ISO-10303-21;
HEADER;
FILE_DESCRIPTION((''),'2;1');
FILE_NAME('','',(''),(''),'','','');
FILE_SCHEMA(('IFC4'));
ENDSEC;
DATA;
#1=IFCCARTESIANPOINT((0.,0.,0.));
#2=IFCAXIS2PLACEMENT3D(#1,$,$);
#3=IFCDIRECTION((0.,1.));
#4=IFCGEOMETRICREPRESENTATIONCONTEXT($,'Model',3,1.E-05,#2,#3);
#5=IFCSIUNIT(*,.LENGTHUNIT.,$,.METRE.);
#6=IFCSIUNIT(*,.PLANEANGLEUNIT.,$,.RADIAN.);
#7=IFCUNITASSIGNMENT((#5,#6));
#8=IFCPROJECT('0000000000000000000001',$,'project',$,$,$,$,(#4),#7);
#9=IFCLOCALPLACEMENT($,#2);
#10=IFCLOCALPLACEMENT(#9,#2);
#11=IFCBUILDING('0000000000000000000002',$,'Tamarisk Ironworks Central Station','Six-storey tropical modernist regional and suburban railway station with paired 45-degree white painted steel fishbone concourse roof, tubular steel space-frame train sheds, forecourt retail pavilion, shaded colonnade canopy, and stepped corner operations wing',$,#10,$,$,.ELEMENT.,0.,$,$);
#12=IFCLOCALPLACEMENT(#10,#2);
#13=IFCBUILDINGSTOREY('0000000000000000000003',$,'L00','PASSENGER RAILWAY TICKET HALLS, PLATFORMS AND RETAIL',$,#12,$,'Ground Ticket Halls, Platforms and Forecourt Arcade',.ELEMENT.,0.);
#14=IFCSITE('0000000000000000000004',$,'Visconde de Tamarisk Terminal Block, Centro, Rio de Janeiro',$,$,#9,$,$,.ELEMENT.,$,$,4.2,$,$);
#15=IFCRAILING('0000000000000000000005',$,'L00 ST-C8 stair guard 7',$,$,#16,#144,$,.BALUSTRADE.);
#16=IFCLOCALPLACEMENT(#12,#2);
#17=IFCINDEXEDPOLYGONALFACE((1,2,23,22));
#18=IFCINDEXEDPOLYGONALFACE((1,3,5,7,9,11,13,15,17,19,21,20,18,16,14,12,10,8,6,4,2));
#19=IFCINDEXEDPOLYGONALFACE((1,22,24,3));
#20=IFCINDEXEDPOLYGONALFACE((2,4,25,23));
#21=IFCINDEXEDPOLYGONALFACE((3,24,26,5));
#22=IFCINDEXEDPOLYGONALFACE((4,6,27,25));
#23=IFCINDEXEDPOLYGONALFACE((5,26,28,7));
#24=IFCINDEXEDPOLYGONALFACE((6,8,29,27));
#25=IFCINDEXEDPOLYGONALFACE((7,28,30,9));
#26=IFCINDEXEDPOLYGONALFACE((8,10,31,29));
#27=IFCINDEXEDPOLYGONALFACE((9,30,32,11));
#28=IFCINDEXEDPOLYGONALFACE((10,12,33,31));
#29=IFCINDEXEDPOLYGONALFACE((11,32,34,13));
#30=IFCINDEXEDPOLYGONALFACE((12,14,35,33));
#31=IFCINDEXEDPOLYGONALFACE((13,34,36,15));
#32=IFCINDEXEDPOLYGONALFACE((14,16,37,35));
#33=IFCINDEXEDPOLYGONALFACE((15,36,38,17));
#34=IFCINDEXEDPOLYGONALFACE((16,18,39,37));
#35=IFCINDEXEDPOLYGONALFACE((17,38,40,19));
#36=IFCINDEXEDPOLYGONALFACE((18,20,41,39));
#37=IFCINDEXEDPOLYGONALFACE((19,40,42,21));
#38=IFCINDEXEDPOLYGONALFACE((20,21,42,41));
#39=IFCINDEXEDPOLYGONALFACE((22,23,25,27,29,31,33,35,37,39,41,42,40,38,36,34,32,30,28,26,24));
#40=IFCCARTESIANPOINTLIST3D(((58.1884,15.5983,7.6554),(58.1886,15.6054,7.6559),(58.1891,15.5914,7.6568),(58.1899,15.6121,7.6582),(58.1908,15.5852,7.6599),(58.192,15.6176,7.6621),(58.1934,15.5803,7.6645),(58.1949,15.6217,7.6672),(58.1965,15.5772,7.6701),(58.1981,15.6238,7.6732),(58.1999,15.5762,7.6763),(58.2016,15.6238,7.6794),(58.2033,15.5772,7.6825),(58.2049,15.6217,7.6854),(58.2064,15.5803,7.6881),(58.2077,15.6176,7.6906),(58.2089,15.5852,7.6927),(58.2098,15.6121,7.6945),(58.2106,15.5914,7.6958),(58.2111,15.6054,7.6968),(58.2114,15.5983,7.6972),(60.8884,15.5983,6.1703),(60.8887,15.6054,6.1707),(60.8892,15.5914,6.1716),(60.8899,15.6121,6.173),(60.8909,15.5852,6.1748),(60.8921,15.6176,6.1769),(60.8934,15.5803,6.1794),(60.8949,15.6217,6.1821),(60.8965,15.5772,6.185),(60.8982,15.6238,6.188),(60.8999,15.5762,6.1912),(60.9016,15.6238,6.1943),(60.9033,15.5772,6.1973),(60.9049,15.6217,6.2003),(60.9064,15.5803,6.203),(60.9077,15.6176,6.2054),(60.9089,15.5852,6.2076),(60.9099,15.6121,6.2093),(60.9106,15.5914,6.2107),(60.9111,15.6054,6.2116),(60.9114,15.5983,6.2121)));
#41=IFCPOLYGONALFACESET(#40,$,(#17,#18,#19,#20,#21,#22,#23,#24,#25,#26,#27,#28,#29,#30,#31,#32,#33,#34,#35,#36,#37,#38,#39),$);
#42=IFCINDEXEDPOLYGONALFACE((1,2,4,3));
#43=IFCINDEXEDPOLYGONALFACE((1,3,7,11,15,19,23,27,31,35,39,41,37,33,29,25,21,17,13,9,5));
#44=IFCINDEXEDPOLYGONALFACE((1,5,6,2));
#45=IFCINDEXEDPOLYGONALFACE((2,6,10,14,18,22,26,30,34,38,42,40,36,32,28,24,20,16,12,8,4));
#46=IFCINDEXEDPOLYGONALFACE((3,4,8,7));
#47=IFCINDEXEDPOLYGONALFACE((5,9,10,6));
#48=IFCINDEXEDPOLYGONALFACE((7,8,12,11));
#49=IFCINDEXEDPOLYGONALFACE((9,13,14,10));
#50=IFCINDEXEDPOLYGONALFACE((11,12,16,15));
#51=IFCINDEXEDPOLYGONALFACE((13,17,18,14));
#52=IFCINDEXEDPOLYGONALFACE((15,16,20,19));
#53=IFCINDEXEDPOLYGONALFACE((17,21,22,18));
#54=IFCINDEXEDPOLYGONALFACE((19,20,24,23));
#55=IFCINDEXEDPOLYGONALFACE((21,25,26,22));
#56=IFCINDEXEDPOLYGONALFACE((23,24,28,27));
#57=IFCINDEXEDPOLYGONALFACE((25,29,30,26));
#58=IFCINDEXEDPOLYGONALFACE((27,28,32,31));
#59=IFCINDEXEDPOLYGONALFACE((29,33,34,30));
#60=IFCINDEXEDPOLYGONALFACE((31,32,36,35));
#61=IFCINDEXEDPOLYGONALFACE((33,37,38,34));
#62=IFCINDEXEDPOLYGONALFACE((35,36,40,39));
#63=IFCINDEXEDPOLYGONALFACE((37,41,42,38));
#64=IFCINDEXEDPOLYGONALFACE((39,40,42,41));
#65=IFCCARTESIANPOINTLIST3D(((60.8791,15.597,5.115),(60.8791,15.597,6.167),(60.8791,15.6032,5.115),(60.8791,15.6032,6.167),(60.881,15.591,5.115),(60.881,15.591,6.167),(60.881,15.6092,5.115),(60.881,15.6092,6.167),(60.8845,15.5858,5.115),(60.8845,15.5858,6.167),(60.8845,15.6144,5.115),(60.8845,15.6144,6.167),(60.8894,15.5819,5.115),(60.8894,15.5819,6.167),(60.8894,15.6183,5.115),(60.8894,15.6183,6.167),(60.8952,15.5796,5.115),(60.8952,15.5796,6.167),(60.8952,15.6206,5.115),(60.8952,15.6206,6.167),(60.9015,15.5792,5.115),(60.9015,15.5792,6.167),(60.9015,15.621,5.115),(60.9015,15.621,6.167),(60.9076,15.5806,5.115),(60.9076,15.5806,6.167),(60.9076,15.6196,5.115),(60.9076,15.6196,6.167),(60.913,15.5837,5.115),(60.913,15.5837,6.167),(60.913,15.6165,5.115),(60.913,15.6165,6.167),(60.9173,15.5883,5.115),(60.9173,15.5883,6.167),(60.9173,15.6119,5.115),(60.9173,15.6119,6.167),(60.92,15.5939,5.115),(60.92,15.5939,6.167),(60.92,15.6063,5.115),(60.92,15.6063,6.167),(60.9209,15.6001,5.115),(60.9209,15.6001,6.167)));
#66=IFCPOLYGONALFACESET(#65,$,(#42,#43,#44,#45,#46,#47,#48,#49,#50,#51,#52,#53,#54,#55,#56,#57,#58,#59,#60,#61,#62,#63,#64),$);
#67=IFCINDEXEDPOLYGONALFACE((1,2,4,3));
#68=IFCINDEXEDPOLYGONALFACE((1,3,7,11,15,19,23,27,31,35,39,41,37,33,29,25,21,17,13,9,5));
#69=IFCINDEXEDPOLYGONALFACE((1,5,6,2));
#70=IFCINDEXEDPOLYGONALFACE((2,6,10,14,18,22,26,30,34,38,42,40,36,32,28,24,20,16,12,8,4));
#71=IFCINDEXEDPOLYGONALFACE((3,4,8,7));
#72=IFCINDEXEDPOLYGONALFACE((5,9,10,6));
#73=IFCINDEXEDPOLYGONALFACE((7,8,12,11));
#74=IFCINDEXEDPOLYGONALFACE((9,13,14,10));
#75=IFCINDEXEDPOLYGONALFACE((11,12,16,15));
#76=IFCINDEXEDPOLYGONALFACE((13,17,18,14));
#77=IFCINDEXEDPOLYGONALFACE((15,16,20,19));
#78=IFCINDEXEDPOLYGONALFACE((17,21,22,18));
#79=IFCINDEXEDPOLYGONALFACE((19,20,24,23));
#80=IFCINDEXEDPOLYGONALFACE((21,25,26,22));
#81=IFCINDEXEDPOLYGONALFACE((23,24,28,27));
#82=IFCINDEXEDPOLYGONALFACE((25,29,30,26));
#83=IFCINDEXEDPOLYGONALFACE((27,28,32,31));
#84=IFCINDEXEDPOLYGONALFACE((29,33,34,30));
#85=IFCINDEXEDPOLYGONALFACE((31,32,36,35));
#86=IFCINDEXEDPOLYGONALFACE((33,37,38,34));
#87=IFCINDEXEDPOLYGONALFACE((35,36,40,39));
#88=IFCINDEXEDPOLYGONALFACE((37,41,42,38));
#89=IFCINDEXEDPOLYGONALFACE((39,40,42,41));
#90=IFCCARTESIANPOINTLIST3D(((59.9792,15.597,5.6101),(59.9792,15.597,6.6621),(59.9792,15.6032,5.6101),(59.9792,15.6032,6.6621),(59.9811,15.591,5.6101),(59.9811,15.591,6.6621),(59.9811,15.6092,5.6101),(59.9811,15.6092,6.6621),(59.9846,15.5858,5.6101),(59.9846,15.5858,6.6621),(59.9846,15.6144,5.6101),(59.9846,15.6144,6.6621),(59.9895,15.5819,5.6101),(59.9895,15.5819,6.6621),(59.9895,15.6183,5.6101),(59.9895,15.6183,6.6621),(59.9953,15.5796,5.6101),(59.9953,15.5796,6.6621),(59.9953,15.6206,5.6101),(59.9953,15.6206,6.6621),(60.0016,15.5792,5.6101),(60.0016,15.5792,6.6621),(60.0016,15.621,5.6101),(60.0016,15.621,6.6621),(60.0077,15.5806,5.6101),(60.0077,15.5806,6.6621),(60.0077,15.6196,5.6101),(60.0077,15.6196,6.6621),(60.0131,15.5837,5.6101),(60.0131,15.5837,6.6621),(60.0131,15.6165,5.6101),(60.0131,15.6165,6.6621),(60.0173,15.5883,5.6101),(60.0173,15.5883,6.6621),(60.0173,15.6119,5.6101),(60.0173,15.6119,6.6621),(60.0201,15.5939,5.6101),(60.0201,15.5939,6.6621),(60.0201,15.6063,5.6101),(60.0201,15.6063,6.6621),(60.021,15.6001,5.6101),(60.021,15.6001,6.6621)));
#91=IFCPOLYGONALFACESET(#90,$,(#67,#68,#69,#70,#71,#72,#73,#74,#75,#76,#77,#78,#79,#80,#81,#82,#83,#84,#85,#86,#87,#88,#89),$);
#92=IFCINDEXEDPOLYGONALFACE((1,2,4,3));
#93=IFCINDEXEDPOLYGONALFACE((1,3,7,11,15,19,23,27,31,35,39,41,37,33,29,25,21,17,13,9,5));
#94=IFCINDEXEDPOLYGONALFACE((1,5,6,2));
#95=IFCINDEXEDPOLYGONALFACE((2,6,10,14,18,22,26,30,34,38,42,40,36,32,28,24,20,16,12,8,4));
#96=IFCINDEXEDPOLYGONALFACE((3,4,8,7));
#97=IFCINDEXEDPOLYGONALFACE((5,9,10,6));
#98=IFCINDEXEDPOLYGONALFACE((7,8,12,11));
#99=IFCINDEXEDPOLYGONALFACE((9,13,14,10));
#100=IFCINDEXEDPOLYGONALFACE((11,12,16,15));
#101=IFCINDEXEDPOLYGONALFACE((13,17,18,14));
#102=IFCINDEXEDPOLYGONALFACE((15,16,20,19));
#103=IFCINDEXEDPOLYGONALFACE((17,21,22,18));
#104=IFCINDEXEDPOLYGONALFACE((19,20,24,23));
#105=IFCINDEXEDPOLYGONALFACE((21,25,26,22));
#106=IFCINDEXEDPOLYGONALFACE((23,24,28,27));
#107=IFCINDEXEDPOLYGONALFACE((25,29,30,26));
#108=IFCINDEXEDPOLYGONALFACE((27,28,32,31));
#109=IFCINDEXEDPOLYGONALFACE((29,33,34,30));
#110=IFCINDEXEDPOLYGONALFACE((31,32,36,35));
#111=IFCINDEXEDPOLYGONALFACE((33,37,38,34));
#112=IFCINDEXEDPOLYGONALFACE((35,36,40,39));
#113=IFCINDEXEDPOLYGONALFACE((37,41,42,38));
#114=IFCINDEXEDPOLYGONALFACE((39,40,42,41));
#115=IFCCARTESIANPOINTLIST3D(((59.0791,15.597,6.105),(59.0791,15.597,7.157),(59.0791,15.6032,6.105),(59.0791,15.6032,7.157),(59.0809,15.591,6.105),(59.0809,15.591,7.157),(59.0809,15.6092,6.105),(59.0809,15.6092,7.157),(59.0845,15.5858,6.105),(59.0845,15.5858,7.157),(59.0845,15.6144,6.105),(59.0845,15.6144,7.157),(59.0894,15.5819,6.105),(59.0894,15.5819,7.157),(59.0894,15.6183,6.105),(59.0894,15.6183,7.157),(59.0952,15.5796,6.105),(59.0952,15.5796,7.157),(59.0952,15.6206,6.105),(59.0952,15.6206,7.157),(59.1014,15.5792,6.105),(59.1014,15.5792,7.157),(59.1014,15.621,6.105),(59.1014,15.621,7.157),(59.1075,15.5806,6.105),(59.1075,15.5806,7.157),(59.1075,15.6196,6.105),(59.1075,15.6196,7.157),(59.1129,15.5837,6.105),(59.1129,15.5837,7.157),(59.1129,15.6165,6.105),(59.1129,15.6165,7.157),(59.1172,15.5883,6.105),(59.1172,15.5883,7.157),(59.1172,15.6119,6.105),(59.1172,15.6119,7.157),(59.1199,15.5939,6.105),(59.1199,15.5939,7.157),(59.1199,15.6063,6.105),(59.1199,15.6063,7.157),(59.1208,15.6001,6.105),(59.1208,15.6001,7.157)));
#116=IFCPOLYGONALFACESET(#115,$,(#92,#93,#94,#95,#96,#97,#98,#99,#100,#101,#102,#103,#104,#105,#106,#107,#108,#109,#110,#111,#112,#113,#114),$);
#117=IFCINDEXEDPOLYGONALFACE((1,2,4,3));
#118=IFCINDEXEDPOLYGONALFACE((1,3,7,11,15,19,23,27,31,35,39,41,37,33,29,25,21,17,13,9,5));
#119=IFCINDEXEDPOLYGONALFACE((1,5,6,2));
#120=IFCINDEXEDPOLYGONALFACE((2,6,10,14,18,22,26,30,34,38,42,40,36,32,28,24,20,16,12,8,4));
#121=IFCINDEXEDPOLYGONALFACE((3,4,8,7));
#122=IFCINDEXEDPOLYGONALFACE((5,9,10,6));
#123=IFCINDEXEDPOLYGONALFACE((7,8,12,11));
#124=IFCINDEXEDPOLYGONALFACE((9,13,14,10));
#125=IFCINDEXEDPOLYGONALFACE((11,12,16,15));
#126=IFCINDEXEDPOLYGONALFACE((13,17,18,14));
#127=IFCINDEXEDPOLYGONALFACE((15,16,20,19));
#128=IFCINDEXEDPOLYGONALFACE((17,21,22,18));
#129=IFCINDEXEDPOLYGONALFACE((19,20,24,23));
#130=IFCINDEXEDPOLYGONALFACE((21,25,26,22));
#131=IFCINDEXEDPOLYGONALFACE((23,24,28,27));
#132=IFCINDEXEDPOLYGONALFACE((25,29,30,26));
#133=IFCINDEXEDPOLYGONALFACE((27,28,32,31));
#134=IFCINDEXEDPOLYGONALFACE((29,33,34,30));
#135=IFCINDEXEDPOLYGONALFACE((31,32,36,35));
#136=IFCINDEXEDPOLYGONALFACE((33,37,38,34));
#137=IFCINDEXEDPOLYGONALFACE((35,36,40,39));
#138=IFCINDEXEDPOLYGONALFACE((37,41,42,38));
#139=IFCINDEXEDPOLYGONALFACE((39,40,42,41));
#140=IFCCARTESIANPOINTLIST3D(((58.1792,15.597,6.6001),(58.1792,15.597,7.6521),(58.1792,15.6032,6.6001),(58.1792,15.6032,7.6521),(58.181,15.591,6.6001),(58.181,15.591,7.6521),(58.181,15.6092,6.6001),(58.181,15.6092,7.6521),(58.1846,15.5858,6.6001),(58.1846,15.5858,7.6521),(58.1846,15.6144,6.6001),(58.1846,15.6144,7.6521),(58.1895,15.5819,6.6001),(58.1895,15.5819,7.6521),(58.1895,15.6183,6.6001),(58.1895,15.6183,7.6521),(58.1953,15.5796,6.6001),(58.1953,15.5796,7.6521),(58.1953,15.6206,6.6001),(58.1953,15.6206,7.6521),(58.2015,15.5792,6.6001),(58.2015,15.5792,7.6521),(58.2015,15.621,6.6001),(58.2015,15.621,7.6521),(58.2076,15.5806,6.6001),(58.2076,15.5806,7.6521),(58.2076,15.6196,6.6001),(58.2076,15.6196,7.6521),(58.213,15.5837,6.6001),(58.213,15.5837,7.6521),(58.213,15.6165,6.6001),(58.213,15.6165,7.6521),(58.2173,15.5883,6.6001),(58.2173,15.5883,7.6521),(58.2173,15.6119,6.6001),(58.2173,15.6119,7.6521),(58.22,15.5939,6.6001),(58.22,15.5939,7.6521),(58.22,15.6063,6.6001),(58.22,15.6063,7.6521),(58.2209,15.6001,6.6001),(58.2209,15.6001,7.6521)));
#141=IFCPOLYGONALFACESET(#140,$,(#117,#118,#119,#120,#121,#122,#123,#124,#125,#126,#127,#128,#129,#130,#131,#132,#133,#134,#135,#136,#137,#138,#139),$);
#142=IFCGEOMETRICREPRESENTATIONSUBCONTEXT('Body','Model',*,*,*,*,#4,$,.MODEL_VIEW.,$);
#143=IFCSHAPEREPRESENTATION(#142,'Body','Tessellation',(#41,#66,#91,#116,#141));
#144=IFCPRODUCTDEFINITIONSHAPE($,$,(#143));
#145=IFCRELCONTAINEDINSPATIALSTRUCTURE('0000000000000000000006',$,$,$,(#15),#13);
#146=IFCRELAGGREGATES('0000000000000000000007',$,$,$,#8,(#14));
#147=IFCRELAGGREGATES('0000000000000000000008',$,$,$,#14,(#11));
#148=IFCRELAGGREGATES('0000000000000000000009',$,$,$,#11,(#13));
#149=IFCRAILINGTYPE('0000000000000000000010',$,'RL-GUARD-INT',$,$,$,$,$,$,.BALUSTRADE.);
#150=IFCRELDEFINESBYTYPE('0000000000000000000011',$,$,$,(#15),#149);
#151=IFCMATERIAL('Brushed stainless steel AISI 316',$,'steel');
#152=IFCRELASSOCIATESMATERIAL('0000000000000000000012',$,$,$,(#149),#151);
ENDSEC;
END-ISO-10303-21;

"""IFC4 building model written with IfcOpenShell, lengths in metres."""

from ifc_helpers import new_model, si_unit, direction, frame, origin, origin_2d, place, context, subcontext, project, spatial, circle, extrude, material, type_object, element, save


model = new_model("IFC4")

# Units and contexts
model_context = context("Model", 3, precision=1e-05, world=origin(), true_north=direction((0.0, 1.0)))
body_context = subcontext(model_context, "Body", "Model", "MODEL_VIEW")
ifc_project = project(units=[si_unit("LENGTHUNIT", "METRE"), si_unit("PLANEANGLEUNIT", "RADIAN")], contexts=[model_context])

# Site, building, storey
site_placement = place(None, origin())
site = spatial("IfcSite", under=ifc_project, at=site_placement, Name="Visconde de Tamarisk Terminal Block, Centro, Rio de Janeiro", CompositionType="ELEMENT", RefElevation=4.2)
building_placement = place(site_placement, origin())
building = spatial("IfcBuilding", under=site, at=building_placement, Name="Tamarisk Ironworks Central Station", Description="Six-storey tropical modernist regional and suburban railway station with paired 45-degree white painted steel fishbone concourse roof, tubular steel space-frame train sheds, forecourt retail pavilion, shaded colonnade canopy, and stepped corner operations wing", CompositionType="ELEMENT", ElevationOfRefHeight=0.0)
storey_placement = place(building_placement, origin())
storey = spatial("IfcBuildingStorey", under=building, at=storey_placement, Name="L00", Description="PASSENGER RAILWAY TICKET HALLS, PLATFORMS AND RETAIL", LongName="Ground Ticket Halls, Platforms and Forecourt Arcade", CompositionType="ELEMENT", Elevation=0.0)

# Railing
ifc_material_1 = material(Name="Brushed stainless steel AISI 316", Category="steel")
railing_type_1 = type_object("IfcRailingType", Name="RL-GUARD-INT", PredefinedType="BALUSTRADE", material=ifc_material_1)
railing_1_placement = place(storey_placement, frame((60.8999, 15.6001, 5.115)))
element("IfcRailing", 1, at=railing_1_placement, inside=storey, type_object=railing_type_1, Name="L00 ST-C8 stair guard 7", PredefinedType="BALUSTRADE", context=body_context, shape_type="SweptSolid", body=[
    extrude(circle(Radius=0.0239, at=origin_2d()), frame((0.0, 0.0, 1.0762), z_axis=(-0.876198, 0.0, 0.481952), x_axis=(0.0, -1.0, 0.0)), (0.0, 0.0, 1.0), 3.0815),
    extrude(circle(Radius=0.021, at=origin_2d()), origin(), (0.0, 0.0, 1.0), 1.052),
    extrude(circle(Radius=0.021, at=origin_2d()), frame((-0.8999, 0.0, 0.4951)), (0.0, 0.0, 1.0), 1.052),
    extrude(circle(Radius=0.021, at=origin_2d()), frame((-1.8, 0.0, 0.99)), (0.0, 0.0, 1.0), 1.052),
    extrude(circle(Radius=0.021, at=origin_2d()), frame((-2.7, 0.0, 1.4851)), (0.0, 0.0, 1.0), 1.052),
])

save(model, "model.ifc")
